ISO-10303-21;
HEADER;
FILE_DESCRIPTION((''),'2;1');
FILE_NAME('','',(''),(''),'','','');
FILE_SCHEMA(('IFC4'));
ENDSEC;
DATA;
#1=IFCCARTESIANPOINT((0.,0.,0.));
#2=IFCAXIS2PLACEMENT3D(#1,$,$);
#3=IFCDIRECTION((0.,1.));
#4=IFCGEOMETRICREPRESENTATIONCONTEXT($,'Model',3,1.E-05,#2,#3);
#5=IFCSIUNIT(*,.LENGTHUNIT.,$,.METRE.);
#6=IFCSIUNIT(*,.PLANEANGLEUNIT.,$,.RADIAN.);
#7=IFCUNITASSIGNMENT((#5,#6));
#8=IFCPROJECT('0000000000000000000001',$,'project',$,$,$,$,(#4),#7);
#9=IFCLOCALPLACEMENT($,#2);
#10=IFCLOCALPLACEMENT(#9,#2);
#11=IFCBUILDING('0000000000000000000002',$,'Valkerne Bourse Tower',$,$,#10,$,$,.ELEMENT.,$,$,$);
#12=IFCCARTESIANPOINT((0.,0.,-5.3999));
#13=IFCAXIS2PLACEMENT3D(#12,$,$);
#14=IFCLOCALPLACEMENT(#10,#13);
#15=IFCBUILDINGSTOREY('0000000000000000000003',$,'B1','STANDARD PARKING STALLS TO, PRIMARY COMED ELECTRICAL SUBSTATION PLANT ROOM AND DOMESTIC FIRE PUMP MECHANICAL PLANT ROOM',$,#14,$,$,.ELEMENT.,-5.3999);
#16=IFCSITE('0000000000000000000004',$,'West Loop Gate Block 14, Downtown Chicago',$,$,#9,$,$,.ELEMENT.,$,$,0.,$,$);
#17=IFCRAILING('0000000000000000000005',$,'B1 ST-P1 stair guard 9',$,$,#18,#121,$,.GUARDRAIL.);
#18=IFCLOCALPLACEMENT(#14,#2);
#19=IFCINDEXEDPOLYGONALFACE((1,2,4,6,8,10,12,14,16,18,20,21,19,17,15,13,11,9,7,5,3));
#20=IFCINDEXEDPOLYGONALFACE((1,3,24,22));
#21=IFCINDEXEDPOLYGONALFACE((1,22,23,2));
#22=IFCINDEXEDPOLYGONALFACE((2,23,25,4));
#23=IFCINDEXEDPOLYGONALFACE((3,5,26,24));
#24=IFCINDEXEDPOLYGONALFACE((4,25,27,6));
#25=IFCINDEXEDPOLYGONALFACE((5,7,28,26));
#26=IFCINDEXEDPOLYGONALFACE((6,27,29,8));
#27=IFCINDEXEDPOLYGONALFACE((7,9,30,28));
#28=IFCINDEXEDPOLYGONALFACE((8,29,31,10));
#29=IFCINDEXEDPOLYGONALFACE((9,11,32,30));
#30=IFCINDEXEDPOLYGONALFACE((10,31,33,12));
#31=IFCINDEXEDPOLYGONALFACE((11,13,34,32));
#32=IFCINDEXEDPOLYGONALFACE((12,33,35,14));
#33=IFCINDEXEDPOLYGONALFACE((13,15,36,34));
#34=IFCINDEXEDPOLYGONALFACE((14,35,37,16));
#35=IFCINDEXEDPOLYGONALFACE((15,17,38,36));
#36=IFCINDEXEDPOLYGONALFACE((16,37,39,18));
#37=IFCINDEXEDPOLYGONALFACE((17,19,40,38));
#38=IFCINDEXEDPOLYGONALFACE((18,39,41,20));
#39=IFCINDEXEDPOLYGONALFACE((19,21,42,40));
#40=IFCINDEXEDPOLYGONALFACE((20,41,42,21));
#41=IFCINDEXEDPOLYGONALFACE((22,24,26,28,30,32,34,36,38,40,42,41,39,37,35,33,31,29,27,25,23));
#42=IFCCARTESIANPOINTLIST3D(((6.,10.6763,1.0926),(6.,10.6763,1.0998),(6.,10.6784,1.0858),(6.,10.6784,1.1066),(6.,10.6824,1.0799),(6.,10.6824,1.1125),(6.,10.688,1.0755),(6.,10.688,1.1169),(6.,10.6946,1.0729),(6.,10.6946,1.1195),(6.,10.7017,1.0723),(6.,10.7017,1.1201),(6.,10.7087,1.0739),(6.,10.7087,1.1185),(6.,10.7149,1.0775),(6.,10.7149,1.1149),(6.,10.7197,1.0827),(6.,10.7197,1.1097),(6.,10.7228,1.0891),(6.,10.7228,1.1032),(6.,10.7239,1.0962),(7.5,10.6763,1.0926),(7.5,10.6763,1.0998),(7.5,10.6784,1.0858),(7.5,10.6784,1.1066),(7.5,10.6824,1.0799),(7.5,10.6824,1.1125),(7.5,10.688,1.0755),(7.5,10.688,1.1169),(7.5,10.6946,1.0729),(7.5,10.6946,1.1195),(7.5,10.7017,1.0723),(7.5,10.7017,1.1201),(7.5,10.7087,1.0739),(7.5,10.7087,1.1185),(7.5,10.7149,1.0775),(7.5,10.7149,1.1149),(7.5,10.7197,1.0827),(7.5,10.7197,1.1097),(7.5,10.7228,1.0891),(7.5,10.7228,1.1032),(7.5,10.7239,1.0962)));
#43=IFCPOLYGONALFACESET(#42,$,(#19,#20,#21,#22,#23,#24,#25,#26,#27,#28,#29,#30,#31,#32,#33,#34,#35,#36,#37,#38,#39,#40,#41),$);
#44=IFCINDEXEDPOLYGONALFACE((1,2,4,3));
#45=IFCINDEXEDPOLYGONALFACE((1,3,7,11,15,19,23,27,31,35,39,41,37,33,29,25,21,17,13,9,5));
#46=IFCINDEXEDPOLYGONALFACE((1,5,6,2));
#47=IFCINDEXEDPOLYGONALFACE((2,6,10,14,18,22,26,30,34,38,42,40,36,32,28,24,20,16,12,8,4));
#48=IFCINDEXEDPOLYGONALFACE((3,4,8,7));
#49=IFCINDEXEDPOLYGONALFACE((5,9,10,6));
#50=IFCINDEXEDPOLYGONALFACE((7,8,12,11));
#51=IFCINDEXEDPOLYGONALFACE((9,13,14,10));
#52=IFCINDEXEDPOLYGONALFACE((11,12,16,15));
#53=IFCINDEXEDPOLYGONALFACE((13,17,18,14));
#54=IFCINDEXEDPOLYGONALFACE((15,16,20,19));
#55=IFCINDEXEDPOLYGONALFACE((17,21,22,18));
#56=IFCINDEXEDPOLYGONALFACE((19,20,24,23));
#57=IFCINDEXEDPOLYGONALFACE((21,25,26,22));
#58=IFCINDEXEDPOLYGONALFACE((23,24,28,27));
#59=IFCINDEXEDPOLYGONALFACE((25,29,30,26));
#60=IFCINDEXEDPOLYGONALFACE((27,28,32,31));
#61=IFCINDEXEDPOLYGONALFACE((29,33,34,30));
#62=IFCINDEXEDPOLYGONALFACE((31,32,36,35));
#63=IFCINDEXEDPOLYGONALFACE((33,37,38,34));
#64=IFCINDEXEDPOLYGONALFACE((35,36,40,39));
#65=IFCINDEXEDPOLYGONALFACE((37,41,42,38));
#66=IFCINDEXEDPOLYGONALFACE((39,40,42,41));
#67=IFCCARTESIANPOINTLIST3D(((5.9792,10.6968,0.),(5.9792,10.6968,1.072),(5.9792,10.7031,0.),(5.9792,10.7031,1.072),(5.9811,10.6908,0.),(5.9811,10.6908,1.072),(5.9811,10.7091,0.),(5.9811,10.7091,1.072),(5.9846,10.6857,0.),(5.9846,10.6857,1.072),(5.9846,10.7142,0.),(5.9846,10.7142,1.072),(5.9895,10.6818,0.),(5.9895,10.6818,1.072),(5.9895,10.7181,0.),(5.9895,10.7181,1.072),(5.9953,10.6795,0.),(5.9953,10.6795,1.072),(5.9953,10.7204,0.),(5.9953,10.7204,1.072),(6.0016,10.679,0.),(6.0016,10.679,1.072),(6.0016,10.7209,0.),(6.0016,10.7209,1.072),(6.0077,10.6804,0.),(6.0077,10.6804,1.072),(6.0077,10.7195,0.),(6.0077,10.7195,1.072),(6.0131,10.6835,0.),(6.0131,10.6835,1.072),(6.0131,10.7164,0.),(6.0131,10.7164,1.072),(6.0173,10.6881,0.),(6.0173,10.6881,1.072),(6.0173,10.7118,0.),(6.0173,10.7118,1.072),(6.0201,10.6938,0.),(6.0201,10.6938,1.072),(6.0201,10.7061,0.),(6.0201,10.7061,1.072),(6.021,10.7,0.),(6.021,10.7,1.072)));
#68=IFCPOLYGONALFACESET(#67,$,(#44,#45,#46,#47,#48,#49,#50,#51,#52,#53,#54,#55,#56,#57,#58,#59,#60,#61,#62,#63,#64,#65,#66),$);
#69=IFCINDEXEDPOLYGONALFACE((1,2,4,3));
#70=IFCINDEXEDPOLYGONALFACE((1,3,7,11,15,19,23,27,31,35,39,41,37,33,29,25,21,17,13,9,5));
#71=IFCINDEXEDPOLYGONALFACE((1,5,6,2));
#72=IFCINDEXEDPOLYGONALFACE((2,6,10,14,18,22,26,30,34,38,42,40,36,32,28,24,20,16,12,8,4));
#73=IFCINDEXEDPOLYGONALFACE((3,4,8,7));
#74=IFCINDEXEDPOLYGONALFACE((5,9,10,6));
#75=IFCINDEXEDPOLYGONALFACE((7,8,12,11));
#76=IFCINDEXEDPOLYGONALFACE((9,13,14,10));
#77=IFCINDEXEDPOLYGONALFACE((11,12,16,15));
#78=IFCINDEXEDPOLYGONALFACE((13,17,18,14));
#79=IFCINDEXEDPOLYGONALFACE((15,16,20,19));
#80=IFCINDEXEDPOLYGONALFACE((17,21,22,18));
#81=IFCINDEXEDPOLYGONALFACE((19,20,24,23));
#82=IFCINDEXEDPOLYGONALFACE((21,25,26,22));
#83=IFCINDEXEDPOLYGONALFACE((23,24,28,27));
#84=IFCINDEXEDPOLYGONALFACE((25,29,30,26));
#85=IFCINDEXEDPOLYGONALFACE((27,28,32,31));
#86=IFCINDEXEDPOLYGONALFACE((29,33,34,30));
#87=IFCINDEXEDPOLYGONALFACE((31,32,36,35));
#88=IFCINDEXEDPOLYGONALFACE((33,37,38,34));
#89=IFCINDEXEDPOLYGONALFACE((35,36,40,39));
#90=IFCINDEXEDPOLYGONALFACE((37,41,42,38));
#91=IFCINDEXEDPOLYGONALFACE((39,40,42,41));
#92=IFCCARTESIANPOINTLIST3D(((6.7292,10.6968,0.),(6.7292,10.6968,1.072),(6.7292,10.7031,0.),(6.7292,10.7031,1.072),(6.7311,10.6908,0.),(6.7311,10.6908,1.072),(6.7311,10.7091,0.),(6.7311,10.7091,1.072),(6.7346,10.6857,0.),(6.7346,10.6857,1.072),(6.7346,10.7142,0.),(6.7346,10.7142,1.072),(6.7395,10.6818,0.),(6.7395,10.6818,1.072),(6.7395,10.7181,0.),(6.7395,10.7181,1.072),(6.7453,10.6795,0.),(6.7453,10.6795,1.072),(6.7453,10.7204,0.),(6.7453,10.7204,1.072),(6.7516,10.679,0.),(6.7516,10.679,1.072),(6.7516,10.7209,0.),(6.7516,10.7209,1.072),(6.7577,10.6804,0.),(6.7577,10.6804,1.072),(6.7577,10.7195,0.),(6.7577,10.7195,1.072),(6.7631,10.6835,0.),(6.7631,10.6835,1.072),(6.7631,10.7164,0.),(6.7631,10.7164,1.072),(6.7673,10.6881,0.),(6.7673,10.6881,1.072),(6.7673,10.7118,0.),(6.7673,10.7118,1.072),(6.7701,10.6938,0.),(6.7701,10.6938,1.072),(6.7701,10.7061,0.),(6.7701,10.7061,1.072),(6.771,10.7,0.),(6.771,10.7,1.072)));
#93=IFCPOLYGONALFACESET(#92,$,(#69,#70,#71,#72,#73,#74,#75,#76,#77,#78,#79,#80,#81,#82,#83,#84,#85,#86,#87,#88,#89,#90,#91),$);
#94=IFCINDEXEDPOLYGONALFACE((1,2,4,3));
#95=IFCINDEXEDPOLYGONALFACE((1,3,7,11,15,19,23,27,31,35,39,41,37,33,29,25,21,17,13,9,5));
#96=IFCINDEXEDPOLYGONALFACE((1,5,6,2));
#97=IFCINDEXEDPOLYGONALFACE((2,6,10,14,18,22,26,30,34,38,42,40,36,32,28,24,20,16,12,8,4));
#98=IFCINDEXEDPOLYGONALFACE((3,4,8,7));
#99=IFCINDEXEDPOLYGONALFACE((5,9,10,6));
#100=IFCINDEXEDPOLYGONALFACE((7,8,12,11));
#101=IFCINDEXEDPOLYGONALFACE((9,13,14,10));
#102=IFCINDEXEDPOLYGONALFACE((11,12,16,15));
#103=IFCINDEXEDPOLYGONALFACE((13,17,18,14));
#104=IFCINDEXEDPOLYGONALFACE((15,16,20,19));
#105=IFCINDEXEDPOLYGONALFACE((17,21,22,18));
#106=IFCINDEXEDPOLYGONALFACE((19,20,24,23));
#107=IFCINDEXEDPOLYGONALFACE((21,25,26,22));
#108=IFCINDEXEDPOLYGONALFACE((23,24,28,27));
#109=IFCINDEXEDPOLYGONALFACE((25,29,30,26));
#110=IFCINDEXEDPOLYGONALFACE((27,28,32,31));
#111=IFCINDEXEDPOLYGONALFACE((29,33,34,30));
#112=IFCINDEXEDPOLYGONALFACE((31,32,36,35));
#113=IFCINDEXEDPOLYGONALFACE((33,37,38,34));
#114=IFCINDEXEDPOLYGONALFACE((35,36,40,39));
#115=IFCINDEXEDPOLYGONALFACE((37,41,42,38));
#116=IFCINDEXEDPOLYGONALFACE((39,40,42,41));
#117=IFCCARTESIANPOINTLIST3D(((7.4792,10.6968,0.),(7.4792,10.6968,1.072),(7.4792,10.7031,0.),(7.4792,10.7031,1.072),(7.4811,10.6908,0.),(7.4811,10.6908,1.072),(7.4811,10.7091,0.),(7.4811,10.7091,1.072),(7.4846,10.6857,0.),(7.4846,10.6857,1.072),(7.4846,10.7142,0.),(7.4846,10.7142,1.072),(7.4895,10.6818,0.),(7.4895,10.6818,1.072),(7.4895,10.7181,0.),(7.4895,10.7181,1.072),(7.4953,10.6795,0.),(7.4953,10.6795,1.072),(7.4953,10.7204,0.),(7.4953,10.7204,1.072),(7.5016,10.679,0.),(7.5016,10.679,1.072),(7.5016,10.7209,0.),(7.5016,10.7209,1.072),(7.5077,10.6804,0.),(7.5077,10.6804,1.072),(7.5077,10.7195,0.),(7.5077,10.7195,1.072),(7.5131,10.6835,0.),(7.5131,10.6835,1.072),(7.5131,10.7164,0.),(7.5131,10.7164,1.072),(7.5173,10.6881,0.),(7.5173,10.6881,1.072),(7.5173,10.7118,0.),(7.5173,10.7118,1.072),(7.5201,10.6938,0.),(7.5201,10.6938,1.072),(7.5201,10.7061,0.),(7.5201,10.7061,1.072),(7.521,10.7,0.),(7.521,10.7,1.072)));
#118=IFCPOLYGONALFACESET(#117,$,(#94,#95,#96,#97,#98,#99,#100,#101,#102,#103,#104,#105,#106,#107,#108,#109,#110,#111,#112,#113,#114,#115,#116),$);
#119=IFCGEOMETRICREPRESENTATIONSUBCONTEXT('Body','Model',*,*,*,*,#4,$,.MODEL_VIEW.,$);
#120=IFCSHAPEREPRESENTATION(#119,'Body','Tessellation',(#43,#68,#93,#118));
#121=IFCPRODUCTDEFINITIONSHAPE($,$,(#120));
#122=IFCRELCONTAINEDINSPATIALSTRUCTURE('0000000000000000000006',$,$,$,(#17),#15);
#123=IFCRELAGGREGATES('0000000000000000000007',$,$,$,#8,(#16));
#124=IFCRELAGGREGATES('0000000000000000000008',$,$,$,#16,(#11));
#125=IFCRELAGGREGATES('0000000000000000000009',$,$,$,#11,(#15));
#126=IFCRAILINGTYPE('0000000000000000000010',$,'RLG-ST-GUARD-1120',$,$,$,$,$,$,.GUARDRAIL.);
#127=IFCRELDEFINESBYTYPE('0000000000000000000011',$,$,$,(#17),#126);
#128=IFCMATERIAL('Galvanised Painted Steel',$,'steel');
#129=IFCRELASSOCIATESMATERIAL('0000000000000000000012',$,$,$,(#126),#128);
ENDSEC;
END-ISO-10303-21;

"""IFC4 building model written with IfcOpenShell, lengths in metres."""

from ifc_helpers import new_model, si_unit, direction, frame, origin, origin_2d, place, context, subcontext, project, spatial, circle, extrude, material, type_object, element, save


model = new_model("IFC4")

# Units and contexts
model_context = context("Model", 3, precision=1e-05, world=origin(), true_north=direction((0.0, 1.0)))
body_context = subcontext(model_context, "Body", "Model", "MODEL_VIEW")
ifc_project = project(units=[si_unit("LENGTHUNIT", "METRE"), si_unit("PLANEANGLEUNIT", "RADIAN")], contexts=[model_context])

# Site, building, storey
site_placement = place(None, origin())
site = spatial("IfcSite", under=ifc_project, at=site_placement, Name="West Loop Gate Block 14, Downtown Chicago", CompositionType="ELEMENT", RefElevation=0.0)
building_placement = place(site_placement, origin())
building = spatial("IfcBuilding", under=site, at=building_placement, Name="Valkerne Bourse Tower", CompositionType="ELEMENT")
storey_placement = place(building_placement, frame((0.0, 0.0, -5.3999)))
storey = spatial("IfcBuildingStorey", under=building, at=storey_placement, Name="B1", Description="STANDARD PARKING STALLS TO, PRIMARY COMED ELECTRICAL SUBSTATION PLANT ROOM AND DOMESTIC FIRE PUMP MECHANICAL PLANT ROOM", CompositionType="ELEMENT", Elevation=-5.3999)

# Shared definitions
ifc_material_1 = material(Name="Galvanised Painted Steel", Category="steel")

# Railing
railing_type_1 = type_object("IfcRailingType", Name="RLG-ST-GUARD-1120", PredefinedType="GUARDRAIL", material=ifc_material_1)
for number, where, name in (
    (1, (6.0, 10.7, 0.0), "B1 ST-P1 stair guard 9"),
):
    element("IfcRailing", number, at=place(storey_placement, frame(where)), inside=storey, type_object=railing_type_1, Name=name, PredefinedType="GUARDRAIL", context=body_context, shape_type="SweptSolid", body=[
        extrude(circle(Radius=0.0239, at=origin_2d()), frame((0.0, 0.0, 1.0962), z_axis=(1.0, 0.0, 0.0), x_axis=(0.0, 1.0, 0.0)), (0.0, 0.0, 1.0), 1.5),
        extrude(circle(Radius=0.021, at=origin_2d()), origin(), (0.0, 0.0, 1.0), 1.072),
        extrude(circle(Radius=0.021, at=origin_2d()), frame((0.75, 0.0, 0.0)), (0.0, 0.0, 1.0), 1.072),
        extrude(circle(Radius=0.021, at=origin_2d()), frame((1.5, 0.0, 0.0)), (0.0, 0.0, 1.0), 1.072),
    ])

save(model, "model.ifc")
